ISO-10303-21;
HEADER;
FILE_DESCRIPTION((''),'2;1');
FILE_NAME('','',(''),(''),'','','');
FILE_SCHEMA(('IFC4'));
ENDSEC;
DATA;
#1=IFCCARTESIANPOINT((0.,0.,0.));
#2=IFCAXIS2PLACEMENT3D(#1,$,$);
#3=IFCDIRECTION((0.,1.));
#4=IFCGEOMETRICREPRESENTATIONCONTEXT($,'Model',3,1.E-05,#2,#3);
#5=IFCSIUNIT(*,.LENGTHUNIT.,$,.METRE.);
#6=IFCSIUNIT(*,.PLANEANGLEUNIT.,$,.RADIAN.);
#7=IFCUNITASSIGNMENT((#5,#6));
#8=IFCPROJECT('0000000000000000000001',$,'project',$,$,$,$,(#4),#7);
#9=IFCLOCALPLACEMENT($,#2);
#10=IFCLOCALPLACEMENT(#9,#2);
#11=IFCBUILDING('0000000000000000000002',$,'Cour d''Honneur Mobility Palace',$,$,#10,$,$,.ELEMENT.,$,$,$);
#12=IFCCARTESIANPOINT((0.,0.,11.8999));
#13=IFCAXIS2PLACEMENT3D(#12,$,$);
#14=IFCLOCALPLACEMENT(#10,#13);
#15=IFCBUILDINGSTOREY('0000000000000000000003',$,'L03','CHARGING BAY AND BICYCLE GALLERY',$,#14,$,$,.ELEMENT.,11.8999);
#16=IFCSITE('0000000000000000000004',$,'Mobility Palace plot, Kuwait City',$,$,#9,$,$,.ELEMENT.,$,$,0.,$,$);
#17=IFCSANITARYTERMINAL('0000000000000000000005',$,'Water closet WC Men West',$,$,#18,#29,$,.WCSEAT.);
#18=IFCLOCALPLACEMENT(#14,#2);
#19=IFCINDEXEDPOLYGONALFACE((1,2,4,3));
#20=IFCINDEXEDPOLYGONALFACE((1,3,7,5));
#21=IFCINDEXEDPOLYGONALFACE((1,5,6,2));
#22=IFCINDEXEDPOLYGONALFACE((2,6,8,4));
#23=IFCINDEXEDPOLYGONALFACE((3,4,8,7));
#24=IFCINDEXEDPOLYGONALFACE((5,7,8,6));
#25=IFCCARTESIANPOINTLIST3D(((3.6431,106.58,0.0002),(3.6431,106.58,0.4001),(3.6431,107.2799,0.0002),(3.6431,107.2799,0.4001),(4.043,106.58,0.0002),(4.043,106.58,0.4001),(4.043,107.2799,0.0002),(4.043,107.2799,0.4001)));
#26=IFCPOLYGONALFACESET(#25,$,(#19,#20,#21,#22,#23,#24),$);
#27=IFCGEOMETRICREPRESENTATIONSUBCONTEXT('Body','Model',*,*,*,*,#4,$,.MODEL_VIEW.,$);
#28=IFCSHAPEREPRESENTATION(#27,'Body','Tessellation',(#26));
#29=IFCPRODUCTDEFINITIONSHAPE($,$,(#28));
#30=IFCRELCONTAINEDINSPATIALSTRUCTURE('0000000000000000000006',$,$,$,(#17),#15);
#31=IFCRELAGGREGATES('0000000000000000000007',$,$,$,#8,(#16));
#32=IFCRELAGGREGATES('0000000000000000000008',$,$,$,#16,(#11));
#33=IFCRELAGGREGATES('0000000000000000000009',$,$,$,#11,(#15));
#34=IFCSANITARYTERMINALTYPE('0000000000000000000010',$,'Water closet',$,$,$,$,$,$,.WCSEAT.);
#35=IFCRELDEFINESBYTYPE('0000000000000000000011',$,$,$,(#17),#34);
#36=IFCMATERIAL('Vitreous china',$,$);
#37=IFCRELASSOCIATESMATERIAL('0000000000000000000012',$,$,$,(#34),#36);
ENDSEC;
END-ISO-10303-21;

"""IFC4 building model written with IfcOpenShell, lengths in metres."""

from ifc_helpers import new_model, si_unit, direction, frame, origin, origin_2d, place, context, subcontext, project, spatial, rectangle, extrude, material, type_object, element, save


model = new_model("IFC4")

# Units and contexts
model_context = context("Model", 3, precision=1e-05, world=origin(), true_north=direction((0.0, 1.0)))
body_context = subcontext(model_context, "Body", "Model", "MODEL_VIEW")
ifc_project = project(units=[si_unit("LENGTHUNIT", "METRE"), si_unit("PLANEANGLEUNIT", "RADIAN")], contexts=[model_context])

# Site, building, storey
site_placement = place(None, origin())
site = spatial("IfcSite", under=ifc_project, at=site_placement, Name="Mobility Palace plot, Kuwait City", CompositionType="ELEMENT", RefElevation=0.0)
building_placement = place(site_placement, origin())
building = spatial("IfcBuilding", under=site, at=building_placement, Name="Cour d'Honneur Mobility Palace", CompositionType="ELEMENT")
storey_placement = place(building_placement, frame((0.0, 0.0, 11.8999)))
storey = spatial("IfcBuildingStorey", under=building, at=storey_placement, Name="L03", Description="CHARGING BAY AND BICYCLE GALLERY", CompositionType="ELEMENT", Elevation=11.8999)

# Sanitary terminal
ifc_material_1 = material(Name="Vitreous china")
sanitary_terminal_type_1 = type_object("IfcSanitaryTerminalType", Name="Water closet", PredefinedType="WCSEAT", material=ifc_material_1)
for number, where, z_axis, x_axis, name in (
    (1, (3.843, 106.9299, 0.0002), (0.0, 0.0, 1.0), (1.0, 0.0, 0.0), "Water closet WC Men West"),
):
    element("IfcSanitaryTerminal", number, at=place(storey_placement, frame(where, z_axis=z_axis, x_axis=x_axis)), inside=storey, type_object=sanitary_terminal_type_1, Name=name, PredefinedType="WCSEAT", context=body_context, shape_type="SweptSolid", body=[
        extrude(rectangle(XDim=0.3999, YDim=0.7, at=origin_2d()), origin(), (0.0, 0.0, 1.0), 0.3999),
    ])

save(model, "model.ifc")
